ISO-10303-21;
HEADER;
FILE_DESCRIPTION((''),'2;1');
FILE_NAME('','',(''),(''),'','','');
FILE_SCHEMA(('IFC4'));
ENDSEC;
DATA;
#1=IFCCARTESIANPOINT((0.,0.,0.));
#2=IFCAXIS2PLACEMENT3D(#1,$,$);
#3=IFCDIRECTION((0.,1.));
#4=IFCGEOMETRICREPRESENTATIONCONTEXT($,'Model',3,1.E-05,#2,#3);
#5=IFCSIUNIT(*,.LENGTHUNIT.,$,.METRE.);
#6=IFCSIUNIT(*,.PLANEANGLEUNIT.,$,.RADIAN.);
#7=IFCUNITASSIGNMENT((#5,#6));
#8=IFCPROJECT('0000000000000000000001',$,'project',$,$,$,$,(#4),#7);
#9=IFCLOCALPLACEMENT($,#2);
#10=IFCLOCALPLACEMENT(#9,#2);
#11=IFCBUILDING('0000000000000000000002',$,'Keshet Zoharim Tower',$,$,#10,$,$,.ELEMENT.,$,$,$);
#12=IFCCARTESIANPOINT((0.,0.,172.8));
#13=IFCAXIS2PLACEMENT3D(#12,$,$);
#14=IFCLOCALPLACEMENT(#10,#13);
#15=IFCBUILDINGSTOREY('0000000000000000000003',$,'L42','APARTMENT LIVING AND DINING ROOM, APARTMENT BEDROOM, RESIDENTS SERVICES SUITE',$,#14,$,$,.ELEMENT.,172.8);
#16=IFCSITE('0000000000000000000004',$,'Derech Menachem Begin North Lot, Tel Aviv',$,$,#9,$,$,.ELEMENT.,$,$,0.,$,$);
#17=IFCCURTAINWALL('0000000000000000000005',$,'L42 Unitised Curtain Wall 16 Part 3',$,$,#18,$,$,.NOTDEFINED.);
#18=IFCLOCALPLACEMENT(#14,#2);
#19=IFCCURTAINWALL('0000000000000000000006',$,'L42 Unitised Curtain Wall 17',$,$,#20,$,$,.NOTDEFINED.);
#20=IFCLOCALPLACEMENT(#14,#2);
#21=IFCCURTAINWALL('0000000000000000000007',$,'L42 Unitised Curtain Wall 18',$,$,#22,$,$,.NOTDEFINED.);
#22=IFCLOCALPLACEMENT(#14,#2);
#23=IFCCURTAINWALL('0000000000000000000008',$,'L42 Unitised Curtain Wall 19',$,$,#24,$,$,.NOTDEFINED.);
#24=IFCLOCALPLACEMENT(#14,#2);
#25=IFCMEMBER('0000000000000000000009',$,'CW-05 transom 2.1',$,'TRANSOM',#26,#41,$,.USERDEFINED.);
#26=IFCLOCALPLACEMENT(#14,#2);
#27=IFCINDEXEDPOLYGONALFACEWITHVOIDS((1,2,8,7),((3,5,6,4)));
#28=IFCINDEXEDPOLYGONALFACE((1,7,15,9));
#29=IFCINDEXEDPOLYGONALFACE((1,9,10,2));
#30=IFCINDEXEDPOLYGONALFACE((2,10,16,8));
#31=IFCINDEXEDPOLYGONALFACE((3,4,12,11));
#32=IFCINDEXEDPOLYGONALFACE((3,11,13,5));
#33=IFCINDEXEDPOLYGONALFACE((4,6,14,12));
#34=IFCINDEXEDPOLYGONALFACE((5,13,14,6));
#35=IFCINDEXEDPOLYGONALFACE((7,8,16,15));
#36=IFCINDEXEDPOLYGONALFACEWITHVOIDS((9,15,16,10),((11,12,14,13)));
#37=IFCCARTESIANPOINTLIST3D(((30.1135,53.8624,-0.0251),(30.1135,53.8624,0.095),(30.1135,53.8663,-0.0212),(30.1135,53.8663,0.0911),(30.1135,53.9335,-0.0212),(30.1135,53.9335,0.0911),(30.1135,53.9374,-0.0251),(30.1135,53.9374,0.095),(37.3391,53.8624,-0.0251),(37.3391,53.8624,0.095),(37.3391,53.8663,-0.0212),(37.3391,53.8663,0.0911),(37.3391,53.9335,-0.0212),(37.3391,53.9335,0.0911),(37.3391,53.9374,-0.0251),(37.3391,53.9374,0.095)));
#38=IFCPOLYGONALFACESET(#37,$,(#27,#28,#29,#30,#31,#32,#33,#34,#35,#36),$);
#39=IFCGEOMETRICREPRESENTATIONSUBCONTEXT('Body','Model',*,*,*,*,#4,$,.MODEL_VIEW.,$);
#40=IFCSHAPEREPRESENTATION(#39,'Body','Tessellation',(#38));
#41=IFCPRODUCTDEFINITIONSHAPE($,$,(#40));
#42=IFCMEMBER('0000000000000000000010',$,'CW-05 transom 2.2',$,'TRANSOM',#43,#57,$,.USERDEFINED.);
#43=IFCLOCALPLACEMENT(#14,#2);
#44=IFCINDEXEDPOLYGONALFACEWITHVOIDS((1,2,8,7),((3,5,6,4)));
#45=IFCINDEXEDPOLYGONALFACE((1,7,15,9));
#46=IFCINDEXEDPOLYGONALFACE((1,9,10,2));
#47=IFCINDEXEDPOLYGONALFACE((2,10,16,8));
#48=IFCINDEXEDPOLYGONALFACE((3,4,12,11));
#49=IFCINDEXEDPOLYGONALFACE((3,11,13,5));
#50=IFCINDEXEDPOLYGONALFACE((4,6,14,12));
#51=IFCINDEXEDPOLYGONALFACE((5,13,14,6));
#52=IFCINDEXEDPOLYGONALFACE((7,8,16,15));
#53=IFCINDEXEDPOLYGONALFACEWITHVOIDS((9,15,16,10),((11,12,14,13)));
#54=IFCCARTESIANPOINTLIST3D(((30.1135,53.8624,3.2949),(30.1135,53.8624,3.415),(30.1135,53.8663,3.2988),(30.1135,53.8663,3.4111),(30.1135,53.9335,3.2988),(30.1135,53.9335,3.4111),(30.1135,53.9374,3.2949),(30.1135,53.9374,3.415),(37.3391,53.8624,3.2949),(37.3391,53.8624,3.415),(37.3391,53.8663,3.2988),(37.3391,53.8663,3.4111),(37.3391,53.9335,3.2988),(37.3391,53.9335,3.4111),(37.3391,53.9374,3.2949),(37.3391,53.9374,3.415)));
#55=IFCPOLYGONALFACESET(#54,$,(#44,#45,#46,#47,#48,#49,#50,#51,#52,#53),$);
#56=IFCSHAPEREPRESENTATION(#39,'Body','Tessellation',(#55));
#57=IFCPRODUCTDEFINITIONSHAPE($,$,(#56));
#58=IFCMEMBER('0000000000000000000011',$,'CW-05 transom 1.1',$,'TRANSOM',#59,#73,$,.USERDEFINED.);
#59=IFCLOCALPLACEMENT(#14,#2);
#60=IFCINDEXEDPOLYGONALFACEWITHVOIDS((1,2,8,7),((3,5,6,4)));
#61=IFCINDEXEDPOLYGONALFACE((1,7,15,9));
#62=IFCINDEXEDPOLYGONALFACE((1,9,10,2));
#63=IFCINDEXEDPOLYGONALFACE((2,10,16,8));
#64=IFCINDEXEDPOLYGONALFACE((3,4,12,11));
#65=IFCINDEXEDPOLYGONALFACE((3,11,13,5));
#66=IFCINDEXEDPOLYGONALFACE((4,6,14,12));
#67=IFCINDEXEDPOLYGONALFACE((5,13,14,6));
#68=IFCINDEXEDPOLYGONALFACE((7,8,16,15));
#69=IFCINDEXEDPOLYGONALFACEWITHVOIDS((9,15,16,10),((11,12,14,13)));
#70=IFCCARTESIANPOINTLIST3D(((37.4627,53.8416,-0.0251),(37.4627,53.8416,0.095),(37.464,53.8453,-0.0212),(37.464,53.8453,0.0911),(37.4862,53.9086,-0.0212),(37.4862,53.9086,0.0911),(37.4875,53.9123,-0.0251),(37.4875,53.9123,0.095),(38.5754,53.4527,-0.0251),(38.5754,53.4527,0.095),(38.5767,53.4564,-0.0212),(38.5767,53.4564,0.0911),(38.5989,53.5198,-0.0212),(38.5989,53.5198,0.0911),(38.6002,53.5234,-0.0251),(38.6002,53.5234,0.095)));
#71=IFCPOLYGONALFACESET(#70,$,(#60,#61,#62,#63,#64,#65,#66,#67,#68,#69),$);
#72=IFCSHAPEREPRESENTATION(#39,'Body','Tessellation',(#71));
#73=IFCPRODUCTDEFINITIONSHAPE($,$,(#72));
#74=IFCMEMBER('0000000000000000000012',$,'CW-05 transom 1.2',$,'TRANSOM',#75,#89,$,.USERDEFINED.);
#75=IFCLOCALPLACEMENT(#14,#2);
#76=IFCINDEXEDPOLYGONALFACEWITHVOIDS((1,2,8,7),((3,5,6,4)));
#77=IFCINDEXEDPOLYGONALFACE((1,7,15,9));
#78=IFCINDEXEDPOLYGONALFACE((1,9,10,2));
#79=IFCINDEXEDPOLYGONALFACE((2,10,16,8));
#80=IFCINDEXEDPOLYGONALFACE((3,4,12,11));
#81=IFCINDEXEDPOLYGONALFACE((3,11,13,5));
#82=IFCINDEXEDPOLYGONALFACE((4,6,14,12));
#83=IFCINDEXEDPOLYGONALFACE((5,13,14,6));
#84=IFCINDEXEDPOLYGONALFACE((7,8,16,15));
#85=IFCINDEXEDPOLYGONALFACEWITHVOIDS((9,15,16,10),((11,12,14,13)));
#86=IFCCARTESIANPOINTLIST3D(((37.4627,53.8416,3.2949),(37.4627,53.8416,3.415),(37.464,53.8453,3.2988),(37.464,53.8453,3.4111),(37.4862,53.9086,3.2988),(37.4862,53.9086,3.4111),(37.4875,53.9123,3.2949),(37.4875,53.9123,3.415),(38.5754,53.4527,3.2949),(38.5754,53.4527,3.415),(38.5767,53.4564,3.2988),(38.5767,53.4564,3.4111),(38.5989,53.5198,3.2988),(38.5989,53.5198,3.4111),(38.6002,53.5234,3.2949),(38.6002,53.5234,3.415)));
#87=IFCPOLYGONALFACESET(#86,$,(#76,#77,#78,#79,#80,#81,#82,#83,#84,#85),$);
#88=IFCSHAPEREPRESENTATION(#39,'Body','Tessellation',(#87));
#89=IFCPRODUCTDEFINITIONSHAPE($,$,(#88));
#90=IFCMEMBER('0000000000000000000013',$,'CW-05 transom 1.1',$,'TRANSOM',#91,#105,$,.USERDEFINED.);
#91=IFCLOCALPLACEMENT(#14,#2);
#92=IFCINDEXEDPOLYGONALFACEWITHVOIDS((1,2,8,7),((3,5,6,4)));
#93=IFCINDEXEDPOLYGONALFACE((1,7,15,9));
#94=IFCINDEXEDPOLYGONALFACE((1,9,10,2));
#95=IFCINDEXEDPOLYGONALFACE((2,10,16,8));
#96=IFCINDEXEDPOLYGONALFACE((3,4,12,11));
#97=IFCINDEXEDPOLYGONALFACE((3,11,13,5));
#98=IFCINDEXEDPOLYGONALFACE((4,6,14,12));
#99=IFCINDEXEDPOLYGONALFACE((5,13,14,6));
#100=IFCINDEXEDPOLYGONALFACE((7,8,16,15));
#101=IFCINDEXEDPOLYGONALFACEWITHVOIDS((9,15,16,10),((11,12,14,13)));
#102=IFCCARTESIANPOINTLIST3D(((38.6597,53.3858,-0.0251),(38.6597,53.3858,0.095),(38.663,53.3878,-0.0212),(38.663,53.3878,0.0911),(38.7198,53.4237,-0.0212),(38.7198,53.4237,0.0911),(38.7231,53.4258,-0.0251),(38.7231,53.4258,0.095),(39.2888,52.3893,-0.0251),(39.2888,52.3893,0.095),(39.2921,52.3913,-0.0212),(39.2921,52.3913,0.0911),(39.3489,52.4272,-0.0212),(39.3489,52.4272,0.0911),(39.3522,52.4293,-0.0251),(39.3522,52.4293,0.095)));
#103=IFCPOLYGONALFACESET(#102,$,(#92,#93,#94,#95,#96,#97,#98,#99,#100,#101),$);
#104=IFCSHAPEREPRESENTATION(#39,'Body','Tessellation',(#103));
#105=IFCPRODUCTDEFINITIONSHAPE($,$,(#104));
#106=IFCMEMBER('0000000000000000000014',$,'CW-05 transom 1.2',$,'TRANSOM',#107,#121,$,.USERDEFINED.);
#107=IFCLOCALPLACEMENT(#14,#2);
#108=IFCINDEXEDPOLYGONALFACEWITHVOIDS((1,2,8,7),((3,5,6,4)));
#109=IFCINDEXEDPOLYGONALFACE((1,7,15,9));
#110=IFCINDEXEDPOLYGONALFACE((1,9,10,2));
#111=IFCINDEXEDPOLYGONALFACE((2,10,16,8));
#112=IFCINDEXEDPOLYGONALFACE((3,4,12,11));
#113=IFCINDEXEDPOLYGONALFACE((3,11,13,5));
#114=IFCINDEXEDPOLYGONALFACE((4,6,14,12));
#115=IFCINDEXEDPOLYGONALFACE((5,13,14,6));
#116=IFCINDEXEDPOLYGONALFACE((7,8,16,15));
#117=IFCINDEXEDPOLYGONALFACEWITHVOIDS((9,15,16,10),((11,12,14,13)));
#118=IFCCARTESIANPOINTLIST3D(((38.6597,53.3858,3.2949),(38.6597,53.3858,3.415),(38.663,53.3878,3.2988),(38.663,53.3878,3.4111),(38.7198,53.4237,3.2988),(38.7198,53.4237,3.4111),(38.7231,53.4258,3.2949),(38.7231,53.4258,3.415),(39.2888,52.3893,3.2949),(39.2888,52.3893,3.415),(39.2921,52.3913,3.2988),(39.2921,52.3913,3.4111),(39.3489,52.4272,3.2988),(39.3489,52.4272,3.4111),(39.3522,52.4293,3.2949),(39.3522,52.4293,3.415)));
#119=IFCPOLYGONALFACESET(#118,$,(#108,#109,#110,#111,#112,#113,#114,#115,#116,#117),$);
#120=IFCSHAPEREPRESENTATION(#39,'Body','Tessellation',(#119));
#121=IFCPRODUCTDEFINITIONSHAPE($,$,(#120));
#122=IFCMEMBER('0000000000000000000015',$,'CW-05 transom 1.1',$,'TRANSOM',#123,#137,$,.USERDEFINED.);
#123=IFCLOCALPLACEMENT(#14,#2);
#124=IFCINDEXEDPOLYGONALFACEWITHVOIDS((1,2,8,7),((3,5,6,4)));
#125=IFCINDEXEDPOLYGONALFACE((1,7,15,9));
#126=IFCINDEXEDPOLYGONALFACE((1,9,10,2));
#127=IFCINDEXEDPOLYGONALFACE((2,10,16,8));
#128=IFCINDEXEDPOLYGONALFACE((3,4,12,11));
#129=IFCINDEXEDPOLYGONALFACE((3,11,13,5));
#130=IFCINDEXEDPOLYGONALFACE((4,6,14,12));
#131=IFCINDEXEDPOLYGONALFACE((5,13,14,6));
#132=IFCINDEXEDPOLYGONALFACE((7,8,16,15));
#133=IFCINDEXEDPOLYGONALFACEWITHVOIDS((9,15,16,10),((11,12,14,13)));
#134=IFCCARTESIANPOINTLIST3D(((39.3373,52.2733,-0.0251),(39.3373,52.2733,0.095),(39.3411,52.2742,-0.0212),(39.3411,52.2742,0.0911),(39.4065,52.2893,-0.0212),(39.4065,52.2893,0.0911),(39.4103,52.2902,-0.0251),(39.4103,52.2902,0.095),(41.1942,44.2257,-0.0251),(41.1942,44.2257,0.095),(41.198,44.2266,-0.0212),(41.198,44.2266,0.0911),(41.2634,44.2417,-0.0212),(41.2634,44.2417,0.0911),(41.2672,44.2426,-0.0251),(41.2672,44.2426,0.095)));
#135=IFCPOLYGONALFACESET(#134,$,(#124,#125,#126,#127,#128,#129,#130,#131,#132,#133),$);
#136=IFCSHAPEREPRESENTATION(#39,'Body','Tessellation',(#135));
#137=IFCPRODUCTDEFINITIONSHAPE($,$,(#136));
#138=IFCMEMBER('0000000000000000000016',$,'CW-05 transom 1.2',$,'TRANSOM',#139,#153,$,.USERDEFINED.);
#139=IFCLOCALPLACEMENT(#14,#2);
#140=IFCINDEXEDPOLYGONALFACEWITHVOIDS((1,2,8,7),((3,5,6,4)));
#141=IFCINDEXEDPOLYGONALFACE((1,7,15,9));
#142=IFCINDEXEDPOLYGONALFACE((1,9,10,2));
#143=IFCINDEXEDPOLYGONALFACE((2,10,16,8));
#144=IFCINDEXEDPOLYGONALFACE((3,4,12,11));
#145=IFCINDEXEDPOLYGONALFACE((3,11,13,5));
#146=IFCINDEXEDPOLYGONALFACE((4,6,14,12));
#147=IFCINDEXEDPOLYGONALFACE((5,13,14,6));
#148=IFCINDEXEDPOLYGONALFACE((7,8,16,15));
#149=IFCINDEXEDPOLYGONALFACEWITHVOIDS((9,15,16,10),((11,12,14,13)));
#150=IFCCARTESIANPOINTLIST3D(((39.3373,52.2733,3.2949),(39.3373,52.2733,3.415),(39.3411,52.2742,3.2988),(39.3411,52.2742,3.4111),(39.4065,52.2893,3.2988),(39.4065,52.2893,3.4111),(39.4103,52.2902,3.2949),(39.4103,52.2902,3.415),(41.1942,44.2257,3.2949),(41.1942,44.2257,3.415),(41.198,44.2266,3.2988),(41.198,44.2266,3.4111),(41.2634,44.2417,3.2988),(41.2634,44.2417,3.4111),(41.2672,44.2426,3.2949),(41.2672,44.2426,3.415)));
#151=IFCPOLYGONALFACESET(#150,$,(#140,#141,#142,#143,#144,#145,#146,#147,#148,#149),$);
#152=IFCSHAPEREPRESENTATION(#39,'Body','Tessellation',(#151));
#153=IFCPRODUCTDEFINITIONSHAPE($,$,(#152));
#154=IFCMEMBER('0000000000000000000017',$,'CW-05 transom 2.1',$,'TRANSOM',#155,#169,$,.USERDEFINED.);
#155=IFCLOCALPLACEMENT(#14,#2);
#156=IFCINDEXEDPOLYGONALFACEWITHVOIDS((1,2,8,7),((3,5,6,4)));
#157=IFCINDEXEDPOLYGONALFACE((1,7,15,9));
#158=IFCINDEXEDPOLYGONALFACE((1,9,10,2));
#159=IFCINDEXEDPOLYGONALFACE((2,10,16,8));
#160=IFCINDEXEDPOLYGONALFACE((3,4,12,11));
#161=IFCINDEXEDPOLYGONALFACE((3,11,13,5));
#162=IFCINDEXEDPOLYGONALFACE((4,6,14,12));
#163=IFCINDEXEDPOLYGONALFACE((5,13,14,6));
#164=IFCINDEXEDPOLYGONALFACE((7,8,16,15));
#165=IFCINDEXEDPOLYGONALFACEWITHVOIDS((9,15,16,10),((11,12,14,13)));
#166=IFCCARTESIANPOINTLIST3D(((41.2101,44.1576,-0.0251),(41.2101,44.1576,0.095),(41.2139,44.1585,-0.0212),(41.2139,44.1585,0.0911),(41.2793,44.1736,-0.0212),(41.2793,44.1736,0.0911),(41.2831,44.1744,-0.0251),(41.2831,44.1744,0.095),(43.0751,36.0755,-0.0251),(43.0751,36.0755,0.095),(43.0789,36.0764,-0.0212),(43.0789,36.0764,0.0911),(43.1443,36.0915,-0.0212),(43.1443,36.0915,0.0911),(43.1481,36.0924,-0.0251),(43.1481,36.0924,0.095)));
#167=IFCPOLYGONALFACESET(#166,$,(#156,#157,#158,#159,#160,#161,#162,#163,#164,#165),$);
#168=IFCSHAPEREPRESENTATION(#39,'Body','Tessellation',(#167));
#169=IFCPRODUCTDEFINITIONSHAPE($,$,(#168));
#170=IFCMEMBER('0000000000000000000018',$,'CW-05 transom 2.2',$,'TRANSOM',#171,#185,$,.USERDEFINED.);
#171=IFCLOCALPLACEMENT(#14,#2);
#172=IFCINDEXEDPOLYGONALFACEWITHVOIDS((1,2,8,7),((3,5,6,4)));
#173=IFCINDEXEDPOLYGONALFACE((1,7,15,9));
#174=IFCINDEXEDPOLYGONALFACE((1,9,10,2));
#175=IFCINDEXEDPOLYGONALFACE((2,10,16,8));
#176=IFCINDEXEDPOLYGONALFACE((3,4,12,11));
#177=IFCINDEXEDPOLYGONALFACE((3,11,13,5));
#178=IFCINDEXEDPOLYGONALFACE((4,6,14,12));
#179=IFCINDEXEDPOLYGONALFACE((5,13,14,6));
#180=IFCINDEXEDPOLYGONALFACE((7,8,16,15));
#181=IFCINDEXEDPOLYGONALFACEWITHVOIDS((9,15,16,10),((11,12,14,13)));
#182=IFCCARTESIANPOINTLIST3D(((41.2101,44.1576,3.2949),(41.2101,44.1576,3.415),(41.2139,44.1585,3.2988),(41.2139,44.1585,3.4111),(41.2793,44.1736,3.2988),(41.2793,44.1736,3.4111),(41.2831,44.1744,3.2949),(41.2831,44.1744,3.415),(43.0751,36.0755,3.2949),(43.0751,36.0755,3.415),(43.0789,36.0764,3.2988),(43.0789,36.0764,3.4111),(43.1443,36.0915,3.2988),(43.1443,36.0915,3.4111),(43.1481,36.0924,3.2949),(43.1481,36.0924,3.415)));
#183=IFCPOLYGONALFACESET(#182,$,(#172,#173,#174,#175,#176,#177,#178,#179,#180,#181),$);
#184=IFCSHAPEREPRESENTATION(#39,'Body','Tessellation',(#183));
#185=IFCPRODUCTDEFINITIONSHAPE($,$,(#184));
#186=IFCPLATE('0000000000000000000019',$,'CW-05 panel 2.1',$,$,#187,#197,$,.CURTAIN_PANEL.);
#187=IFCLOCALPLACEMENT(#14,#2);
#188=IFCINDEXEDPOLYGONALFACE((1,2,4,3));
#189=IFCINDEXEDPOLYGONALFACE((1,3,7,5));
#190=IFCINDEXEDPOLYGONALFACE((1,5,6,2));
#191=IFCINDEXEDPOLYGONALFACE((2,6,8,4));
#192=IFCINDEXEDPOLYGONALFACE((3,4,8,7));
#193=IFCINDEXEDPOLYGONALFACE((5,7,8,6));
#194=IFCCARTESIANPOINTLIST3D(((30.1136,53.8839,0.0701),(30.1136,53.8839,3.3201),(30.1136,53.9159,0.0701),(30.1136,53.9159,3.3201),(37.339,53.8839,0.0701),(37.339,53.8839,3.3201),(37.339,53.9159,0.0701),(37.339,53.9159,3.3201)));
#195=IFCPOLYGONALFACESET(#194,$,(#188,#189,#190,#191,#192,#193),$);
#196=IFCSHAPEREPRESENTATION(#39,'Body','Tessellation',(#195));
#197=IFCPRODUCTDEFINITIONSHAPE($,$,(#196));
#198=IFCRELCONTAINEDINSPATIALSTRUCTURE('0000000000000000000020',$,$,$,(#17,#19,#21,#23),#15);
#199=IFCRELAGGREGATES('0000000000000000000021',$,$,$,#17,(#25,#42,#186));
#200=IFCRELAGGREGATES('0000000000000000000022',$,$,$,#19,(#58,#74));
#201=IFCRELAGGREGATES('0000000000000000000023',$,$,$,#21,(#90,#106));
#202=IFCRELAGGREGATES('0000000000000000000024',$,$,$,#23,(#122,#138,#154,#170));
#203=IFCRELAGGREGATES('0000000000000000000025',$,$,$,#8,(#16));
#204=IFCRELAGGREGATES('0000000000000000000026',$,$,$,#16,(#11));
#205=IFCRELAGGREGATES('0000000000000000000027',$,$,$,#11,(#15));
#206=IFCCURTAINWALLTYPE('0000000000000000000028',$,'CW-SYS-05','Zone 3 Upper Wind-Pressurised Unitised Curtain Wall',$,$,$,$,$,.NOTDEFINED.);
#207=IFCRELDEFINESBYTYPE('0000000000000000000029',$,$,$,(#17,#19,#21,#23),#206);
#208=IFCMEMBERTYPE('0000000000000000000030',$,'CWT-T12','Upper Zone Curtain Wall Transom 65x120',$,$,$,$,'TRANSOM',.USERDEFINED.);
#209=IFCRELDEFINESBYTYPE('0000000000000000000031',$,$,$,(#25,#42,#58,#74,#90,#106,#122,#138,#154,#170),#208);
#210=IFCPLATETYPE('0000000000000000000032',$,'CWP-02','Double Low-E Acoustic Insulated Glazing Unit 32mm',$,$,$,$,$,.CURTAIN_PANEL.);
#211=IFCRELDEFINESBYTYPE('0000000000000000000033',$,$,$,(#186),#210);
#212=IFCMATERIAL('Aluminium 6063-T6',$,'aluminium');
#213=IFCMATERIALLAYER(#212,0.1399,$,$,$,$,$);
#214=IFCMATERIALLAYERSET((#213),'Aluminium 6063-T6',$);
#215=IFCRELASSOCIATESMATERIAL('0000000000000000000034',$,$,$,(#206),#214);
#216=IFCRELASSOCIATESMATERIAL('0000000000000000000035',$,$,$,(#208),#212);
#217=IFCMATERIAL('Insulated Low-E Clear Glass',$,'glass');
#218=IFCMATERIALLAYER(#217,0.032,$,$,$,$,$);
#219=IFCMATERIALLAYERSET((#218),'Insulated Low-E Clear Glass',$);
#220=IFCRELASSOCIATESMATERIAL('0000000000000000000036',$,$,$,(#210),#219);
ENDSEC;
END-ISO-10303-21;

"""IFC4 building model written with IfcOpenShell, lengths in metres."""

from ifc_helpers import new_model, si_unit, direction, frame, origin, origin_2d, place, context, subcontext, project, spatial, rectangle, hollow_rectangle, extrude, material, layer, layer_set, material_profile, profile_set, type_object, element, aggregate, save


model = new_model("IFC4")

# Units and contexts
model_context = context("Model", 3, precision=1e-05, world=origin(), true_north=direction((0.0, 1.0)))
body_context = subcontext(model_context, "Body", "Model", "MODEL_VIEW")
ifc_project = project(units=[si_unit("LENGTHUNIT", "METRE"), si_unit("PLANEANGLEUNIT", "RADIAN")], contexts=[model_context])

# Site, building, storey
site_placement = place(None, origin())
site = spatial("IfcSite", under=ifc_project, at=site_placement, Name="Derech Menachem Begin North Lot, Tel Aviv", CompositionType="ELEMENT", RefElevation=0.0)
building_placement = place(site_placement, origin())
building = spatial("IfcBuilding", under=site, at=building_placement, Name="Keshet Zoharim Tower", CompositionType="ELEMENT")
storey_placement = place(building_placement, frame((0.0, 0.0, 172.8)))
storey = spatial("IfcBuildingStorey", under=building, at=storey_placement, Name="L42", Description="APARTMENT LIVING AND DINING ROOM, APARTMENT BEDROOM, RESIDENTS SERVICES SUITE", CompositionType="ELEMENT", Elevation=172.8)

# Curtain walls
ifc_material_1 = material(Name="Aluminium 6063-T6", Category="aluminium")
ifc_layer_1 = layer(ifc_material_1, 0.1399)
ifc_layer_set_1 = layer_set([ifc_layer_1], Name="Aluminium 6063-T6")
curtain_wall_type = type_object("IfcCurtainWallType", Name="CW-SYS-05", Description="Zone 3 Upper Wind-Pressurised Unitised Curtain Wall", PredefinedType="NOTDEFINED", material=ifc_layer_set_1)
curtain_wall_1_placement = place(storey_placement, origin())
curtain_wall_1 = element("IfcCurtainWall", 1, at=curtain_wall_1_placement, inside=storey, type_object=curtain_wall_type, Name="L42 Unitised Curtain Wall 16 Part 3", PredefinedType="NOTDEFINED")
curtain_wall_2_placement = place(storey_placement, origin())
curtain_wall_2 = element("IfcCurtainWall", 2, at=curtain_wall_2_placement, inside=storey, type_object=curtain_wall_type, Name="L42 Unitised Curtain Wall 17", PredefinedType="NOTDEFINED")
curtain_wall_3_placement = place(storey_placement, origin())
curtain_wall_3 = element("IfcCurtainWall", 3, at=curtain_wall_3_placement, inside=storey, type_object=curtain_wall_type, Name="L42 Unitised Curtain Wall 18", PredefinedType="NOTDEFINED")
curtain_wall_4_placement = place(storey_placement, origin())
curtain_wall_4 = element("IfcCurtainWall", 4, at=curtain_wall_4_placement, inside=storey, type_object=curtain_wall_type, Name="L42 Unitised Curtain Wall 19", PredefinedType="NOTDEFINED")

# Members
ifc_material_profile_1 = material_profile(ifc_material_1, hollow_rectangle(XDim=0.075, YDim=0.1201, WallThickness=0.0039, at=origin_2d()), Name="TRN-75x120")
ifc_profile_set_1 = profile_set([ifc_material_profile_1], Name="Aluminium 6063-T6")
member_type_1 = type_object("IfcMemberType", Name="CWT-T12", Description="Upper Zone Curtain Wall Transom 65x120", ElementType="TRANSOM", PredefinedType="USERDEFINED", material=ifc_profile_set_1)
member_1_placement = place(storey_placement, frame((30.1135, 53.8999, 0.0349), z_axis=(1.0, 0.0, 0.0), x_axis=(0.0, 1.0, 0.0)))
member_1 = element("IfcMember", 5, at=member_1_placement, type_object=member_type_1, Name="CW-05 transom 2.1", ObjectType="TRANSOM", PredefinedType="USERDEFINED", context=body_context, shape_type="SweptSolid", body=[
    extrude(hollow_rectangle(XDim=0.075, YDim=0.1201, WallThickness=0.0039, at=origin_2d()), origin(), (0.0, 0.0, 1.0), 7.2256),
])
member_2_placement = place(storey_placement, frame((30.1135, 53.8999, 3.355), z_axis=(1.0, 0.0, 0.0), x_axis=(0.0, 1.0, 0.0)))
member_2 = element("IfcMember", 6, at=member_2_placement, type_object=member_type_1, Name="CW-05 transom 2.2", ObjectType="TRANSOM", PredefinedType="USERDEFINED", context=body_context, shape_type="SweptSolid", body=[
    extrude(hollow_rectangle(XDim=0.075, YDim=0.1201, WallThickness=0.0039, at=origin_2d()), origin(), (0.0, 0.0, 1.0), 7.2256),
])
member_3_placement = place(storey_placement, frame((37.4751, 53.877, 0.0349), z_axis=(0.944007, -0.329926, 0.0), x_axis=(0.329926, 0.944007, 0.0)))
member_3 = element("IfcMember", 7, at=member_3_placement, type_object=member_type_1, Name="CW-05 transom 1.1", ObjectType="TRANSOM", PredefinedType="USERDEFINED", context=body_context, shape_type="SweptSolid", body=[
    extrude(hollow_rectangle(XDim=0.075, YDim=0.1201, WallThickness=0.0039, at=origin_2d()), origin(), (0.0, 0.0, 1.0), 1.1787),
])
member_4_placement = place(storey_placement, frame((37.4751, 53.877, 3.355), z_axis=(0.944007, -0.329926, 0.0), x_axis=(0.329926, 0.944007, 0.0)))
member_4 = element("IfcMember", 8, at=member_4_placement, type_object=member_type_1, Name="CW-05 transom 1.2", ObjectType="TRANSOM", PredefinedType="USERDEFINED", context=body_context, shape_type="SweptSolid", body=[
    extrude(hollow_rectangle(XDim=0.075, YDim=0.1201, WallThickness=0.0039, at=origin_2d()), origin(), (0.0, 0.0, 1.0), 1.1787),
])
member_5_placement = place(storey_placement, frame((38.6914, 53.4058, 0.0349), z_axis=(0.533829, -0.845592, 0.0), x_axis=(0.845592, 0.533829, 0.0)))
member_5 = element("IfcMember", 9, at=member_5_placement, type_object=member_type_1, Name="CW-05 transom 1.1", ObjectType="TRANSOM", PredefinedType="USERDEFINED", context=body_context, shape_type="SweptSolid", body=[
    extrude(hollow_rectangle(XDim=0.075, YDim=0.1201, WallThickness=0.0039, at=origin_2d()), origin(), (0.0, 0.0, 1.0), 1.1785),
])
member_6_placement = place(storey_placement, frame((38.6914, 53.4058, 3.355), z_axis=(0.533829, -0.845592, 0.0), x_axis=(0.845592, 0.533829, 0.0)))
member_6 = element("IfcMember", 10, at=member_6_placement, type_object=member_type_1, Name="CW-05 transom 1.2", ObjectType="TRANSOM", PredefinedType="USERDEFINED", context=body_context, shape_type="SweptSolid", body=[
    extrude(hollow_rectangle(XDim=0.075, YDim=0.1201, WallThickness=0.0039, at=origin_2d()), origin(), (0.0, 0.0, 1.0), 1.1785),
])
member_7_placement = place(storey_placement, frame((39.3738, 52.2817, 0.0349), z_axis=(0.224836, -0.974397, 0.0), x_axis=(0.974397, 0.224836, 0.0)))
member_7 = element("IfcMember", 11, at=member_7_placement, type_object=member_type_1, Name="CW-05 transom 1.1", ObjectType="TRANSOM", PredefinedType="USERDEFINED", context=body_context, shape_type="SweptSolid", body=[
    extrude(hollow_rectangle(XDim=0.075, YDim=0.1201, WallThickness=0.0039, at=origin_2d()), origin(), (0.0, 0.0, 1.0), 8.259),
])
member_8_placement = place(storey_placement, frame((39.3738, 52.2817, 3.355), z_axis=(0.224836, -0.974397, 0.0), x_axis=(0.974397, 0.224836, 0.0)))
member_8 = element("IfcMember", 12, at=member_8_placement, type_object=member_type_1, Name="CW-05 transom 1.2", ObjectType="TRANSOM", PredefinedType="USERDEFINED", context=body_context, shape_type="SweptSolid", body=[
    extrude(hollow_rectangle(XDim=0.075, YDim=0.1201, WallThickness=0.0039, at=origin_2d()), origin(), (0.0, 0.0, 1.0), 8.259),
])
member_9_placement = place(storey_placement, frame((41.2466, 44.166, 0.0349), z_axis=(0.224849, -0.974394, 0.0), x_axis=(0.974394, 0.224849, 0.0)))
member_9 = element("IfcMember", 13, at=member_9_placement, type_object=member_type_1, Name="CW-05 transom 2.1", ObjectType="TRANSOM", PredefinedType="USERDEFINED", context=body_context, shape_type="SweptSolid", body=[
    extrude(hollow_rectangle(XDim=0.075, YDim=0.1201, WallThickness=0.0039, at=origin_2d()), origin(), (0.0, 0.0, 1.0), 8.2944),
])
member_10_placement = place(storey_placement, frame((41.2466, 44.166, 3.355), z_axis=(0.224849, -0.974394, 0.0), x_axis=(0.974394, 0.224849, 0.0)))
member_10 = element("IfcMember", 14, at=member_10_placement, type_object=member_type_1, Name="CW-05 transom 2.2", ObjectType="TRANSOM", PredefinedType="USERDEFINED", context=body_context, shape_type="SweptSolid", body=[
    extrude(hollow_rectangle(XDim=0.075, YDim=0.1201, WallThickness=0.0039, at=origin_2d()), origin(), (0.0, 0.0, 1.0), 8.2944),
])

# Plate
ifc_material_2 = material(Name="Insulated Low-E Clear Glass", Category="glass")
ifc_layer_2 = layer(ifc_material_2, 0.032)
ifc_layer_set_2 = layer_set([ifc_layer_2], Name="Insulated Low-E Clear Glass")
plate_type = type_object("IfcPlateType", Name="CWP-02", Description="Double Low-E Acoustic Insulated Glazing Unit 32mm", PredefinedType="CURTAIN_PANEL", material=ifc_layer_set_2)
plate_1_placement = place(storey_placement, frame((33.7263, 53.8999, 0.0701), z_axis=(0.0, 0.0, 1.0), x_axis=(1.0, 0.0, 0.0)))
plate_1 = element("IfcPlate", 15, at=plate_1_placement, type_object=plate_type, Name="CW-05 panel 2.1", PredefinedType="CURTAIN_PANEL", context=body_context, shape_type="SweptSolid", body=[
    extrude(rectangle(XDim=7.2253, YDim=0.032, at=origin_2d()), origin(), (0.0, 0.0, 1.0), 3.25),
])
aggregate(curtain_wall_1, [member_1, member_2, plate_1])
aggregate(curtain_wall_2, [member_3, member_4])
aggregate(curtain_wall_3, [member_5, member_6])
aggregate(curtain_wall_4, [member_7, member_8, member_9, member_10])

save(model, "model.ifc")
